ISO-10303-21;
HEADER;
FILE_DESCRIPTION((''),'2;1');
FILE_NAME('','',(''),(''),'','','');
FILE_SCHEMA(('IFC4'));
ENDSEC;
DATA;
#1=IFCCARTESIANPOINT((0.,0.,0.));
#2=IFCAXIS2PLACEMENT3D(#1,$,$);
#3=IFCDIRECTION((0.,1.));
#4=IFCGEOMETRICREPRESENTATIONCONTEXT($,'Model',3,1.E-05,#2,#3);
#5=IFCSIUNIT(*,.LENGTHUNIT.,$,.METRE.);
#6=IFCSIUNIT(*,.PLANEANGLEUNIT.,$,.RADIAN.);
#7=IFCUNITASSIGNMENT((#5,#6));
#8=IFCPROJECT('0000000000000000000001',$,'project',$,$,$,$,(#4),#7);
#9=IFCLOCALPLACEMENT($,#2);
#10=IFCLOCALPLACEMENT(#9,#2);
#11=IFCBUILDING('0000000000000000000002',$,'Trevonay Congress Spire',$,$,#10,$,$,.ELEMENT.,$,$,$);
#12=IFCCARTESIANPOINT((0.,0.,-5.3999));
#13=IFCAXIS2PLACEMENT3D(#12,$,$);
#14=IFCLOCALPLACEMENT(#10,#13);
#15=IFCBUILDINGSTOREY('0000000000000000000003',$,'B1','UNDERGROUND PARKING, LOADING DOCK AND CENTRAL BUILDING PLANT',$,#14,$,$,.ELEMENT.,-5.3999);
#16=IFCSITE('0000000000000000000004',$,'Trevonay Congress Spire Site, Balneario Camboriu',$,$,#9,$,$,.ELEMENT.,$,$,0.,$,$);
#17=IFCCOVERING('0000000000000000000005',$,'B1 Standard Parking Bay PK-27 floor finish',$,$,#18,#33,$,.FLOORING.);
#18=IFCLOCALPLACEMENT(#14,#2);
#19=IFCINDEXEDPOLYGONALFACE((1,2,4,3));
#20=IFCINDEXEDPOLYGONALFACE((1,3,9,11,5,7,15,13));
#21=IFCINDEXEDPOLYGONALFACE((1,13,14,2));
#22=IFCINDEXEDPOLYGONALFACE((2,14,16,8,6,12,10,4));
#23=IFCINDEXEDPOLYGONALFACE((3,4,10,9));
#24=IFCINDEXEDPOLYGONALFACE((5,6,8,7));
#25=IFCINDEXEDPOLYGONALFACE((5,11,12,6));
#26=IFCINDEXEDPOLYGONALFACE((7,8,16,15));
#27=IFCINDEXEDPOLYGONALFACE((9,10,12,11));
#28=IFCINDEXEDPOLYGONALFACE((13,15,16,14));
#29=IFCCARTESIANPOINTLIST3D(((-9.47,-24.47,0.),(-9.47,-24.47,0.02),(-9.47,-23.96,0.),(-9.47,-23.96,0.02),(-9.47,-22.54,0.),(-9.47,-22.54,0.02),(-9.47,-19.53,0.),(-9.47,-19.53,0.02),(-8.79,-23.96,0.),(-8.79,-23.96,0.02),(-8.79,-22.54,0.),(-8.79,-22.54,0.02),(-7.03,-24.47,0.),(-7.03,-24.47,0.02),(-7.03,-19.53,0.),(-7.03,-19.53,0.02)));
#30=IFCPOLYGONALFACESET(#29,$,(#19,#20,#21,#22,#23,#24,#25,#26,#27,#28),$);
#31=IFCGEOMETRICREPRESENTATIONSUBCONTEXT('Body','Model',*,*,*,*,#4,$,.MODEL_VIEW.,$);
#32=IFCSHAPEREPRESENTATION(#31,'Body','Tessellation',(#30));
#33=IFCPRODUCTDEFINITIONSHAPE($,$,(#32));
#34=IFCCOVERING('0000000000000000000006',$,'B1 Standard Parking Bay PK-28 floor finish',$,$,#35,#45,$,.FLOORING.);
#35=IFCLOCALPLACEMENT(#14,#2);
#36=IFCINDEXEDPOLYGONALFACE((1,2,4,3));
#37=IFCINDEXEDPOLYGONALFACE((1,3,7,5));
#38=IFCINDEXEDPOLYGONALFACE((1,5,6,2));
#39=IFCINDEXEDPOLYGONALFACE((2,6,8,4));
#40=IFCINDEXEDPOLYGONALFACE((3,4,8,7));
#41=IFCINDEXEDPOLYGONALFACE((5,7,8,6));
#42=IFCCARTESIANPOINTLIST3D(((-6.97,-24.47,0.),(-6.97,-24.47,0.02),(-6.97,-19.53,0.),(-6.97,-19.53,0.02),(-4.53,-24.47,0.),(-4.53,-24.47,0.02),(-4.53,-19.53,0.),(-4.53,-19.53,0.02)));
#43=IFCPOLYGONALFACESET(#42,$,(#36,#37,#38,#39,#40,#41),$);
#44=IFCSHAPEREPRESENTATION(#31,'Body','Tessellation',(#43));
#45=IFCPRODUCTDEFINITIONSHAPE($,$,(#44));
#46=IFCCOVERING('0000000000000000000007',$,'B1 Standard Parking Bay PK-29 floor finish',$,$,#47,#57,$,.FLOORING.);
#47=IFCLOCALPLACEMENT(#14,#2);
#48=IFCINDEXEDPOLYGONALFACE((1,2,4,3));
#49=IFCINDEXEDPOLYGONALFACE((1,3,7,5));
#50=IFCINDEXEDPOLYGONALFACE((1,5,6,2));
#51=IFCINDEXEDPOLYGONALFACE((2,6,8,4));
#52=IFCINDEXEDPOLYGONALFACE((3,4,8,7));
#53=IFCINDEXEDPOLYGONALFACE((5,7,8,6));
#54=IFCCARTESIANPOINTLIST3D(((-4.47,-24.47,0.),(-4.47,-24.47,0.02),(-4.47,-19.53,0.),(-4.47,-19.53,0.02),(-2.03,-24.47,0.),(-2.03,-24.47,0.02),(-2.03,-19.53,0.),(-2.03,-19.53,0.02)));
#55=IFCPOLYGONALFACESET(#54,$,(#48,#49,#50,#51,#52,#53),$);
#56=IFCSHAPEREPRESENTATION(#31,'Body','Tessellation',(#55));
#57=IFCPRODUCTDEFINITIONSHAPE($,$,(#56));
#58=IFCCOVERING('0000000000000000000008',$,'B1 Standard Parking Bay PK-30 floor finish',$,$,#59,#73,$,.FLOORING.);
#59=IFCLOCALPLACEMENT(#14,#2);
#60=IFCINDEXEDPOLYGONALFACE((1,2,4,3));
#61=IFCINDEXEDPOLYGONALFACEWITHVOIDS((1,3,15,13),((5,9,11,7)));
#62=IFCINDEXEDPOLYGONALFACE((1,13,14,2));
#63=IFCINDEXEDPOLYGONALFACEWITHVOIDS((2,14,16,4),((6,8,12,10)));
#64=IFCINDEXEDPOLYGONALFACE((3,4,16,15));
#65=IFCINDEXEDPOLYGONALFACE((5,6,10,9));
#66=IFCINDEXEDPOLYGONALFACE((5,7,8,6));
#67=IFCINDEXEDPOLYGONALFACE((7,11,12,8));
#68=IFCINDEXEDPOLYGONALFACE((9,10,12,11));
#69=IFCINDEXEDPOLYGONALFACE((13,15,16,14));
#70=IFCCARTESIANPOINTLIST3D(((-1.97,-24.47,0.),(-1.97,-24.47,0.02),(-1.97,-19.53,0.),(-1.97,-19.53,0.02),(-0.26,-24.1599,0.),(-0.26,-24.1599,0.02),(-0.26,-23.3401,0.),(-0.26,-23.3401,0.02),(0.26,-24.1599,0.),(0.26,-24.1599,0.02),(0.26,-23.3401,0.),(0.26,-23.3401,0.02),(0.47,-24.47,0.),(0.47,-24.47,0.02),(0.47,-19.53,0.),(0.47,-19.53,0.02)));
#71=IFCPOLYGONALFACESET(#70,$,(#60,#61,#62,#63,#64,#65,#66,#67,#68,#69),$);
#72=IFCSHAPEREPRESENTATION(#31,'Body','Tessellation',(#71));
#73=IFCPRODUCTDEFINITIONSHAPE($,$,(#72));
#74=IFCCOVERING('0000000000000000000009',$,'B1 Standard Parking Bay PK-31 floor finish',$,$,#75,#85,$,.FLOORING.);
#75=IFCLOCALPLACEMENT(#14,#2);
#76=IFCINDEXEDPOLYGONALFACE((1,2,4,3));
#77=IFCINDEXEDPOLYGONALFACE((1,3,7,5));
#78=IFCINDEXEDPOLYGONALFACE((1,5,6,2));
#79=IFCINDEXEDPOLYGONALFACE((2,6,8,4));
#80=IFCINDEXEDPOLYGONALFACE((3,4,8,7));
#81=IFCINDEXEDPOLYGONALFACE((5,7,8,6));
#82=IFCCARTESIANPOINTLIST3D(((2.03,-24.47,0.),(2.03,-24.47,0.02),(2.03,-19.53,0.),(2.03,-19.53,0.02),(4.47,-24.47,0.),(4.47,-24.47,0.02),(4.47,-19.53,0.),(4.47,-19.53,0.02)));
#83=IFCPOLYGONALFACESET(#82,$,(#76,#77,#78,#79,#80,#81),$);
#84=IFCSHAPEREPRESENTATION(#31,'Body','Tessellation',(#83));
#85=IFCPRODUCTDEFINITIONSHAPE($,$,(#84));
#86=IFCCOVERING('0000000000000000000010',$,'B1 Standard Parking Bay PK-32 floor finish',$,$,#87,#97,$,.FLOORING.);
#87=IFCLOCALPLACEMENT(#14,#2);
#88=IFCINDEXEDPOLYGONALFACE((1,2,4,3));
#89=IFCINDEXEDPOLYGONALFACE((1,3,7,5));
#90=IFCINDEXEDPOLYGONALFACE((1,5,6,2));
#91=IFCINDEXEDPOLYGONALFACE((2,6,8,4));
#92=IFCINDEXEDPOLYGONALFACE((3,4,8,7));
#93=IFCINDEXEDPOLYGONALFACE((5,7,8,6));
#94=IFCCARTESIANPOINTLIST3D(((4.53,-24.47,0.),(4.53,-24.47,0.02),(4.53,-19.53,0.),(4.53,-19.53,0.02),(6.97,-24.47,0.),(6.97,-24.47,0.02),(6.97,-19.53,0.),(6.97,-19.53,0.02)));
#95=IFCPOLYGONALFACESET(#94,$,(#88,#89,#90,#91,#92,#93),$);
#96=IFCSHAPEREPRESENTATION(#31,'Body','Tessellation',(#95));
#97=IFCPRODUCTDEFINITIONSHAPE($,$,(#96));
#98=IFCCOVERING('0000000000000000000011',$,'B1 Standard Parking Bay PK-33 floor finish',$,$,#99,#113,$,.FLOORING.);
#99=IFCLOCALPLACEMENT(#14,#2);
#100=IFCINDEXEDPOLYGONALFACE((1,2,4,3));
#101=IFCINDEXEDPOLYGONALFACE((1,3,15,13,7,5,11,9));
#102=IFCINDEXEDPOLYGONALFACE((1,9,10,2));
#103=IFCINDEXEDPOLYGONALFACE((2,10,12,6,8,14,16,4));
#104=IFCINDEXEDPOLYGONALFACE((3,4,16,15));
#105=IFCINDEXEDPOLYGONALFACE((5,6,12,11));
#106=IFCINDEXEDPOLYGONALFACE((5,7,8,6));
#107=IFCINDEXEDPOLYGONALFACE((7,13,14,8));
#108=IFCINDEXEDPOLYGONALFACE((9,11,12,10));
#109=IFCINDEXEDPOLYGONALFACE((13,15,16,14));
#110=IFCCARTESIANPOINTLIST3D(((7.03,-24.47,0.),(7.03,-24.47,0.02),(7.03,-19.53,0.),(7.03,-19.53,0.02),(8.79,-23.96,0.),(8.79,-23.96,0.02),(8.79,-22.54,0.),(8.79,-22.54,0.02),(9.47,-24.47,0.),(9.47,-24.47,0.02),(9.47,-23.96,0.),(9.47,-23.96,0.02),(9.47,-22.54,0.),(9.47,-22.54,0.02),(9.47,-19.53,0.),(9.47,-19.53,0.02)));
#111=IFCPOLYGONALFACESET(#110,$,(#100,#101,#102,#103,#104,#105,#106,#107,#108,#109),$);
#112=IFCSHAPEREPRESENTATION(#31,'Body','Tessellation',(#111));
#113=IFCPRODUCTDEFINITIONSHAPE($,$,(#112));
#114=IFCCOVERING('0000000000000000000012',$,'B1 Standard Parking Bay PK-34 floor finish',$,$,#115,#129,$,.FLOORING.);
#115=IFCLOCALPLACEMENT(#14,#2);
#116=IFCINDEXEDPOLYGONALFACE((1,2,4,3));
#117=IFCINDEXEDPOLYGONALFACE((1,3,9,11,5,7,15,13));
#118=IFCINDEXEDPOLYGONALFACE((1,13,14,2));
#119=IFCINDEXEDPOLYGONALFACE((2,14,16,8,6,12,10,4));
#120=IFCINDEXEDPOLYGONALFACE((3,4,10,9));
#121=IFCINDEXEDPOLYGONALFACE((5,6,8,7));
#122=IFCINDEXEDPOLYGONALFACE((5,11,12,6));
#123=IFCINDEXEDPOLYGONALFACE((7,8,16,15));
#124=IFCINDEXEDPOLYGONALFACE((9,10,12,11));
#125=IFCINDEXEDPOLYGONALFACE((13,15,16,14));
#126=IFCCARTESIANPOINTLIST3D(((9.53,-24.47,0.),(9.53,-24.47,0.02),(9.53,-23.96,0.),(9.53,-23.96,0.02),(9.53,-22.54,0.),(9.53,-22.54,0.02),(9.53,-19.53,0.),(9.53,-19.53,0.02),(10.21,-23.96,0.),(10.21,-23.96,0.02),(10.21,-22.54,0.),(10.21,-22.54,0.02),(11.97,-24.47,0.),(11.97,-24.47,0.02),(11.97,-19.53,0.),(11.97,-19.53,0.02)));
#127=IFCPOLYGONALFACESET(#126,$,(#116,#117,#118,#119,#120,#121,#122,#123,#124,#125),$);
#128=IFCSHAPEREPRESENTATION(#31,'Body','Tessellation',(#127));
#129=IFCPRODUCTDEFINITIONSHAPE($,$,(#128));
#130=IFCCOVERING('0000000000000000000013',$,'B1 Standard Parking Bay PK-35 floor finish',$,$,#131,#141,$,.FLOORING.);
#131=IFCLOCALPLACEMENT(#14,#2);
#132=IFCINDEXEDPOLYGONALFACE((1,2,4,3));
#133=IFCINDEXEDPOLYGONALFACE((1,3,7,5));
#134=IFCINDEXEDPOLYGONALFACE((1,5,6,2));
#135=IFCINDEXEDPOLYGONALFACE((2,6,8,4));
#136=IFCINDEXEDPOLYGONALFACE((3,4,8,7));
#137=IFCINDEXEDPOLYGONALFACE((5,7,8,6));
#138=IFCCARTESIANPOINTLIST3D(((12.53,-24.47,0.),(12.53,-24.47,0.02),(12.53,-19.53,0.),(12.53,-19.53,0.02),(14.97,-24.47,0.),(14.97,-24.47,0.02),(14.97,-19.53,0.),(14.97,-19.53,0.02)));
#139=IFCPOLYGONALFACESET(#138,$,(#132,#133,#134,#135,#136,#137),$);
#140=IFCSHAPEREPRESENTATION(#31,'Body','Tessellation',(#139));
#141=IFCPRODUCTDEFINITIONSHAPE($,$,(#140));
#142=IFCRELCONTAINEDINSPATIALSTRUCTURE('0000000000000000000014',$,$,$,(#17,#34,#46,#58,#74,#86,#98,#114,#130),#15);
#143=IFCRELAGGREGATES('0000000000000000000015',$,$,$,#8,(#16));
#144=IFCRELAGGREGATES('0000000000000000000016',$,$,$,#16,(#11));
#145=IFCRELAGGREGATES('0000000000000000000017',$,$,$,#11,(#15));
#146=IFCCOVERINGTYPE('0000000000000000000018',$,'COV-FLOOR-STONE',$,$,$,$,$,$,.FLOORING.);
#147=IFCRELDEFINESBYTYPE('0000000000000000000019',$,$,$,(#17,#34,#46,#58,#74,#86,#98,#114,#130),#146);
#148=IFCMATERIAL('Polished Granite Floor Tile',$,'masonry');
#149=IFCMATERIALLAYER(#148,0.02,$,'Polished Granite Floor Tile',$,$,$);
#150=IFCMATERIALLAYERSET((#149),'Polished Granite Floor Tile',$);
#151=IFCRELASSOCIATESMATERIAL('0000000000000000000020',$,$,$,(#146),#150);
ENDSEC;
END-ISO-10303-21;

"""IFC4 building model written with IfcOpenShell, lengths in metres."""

from ifc_helpers import new_model, si_unit, direction, frame, origin, place, context, subcontext, project, spatial, polyline, outline, extrude, material, layer, layer_set, type_object, element, save


model = new_model("IFC4")

# Units and contexts
model_context = context("Model", 3, precision=1e-05, world=origin(), true_north=direction((0.0, 1.0)))
body_context = subcontext(model_context, "Body", "Model", "MODEL_VIEW")
ifc_project = project(units=[si_unit("LENGTHUNIT", "METRE"), si_unit("PLANEANGLEUNIT", "RADIAN")], contexts=[model_context])

# Site, building, storey
site_placement = place(None, origin())
site = spatial("IfcSite", under=ifc_project, at=site_placement, Name="Trevonay Congress Spire Site, Balneario Camboriu", CompositionType="ELEMENT", RefElevation=0.0)
building_placement = place(site_placement, origin())
building = spatial("IfcBuilding", under=site, at=building_placement, Name="Trevonay Congress Spire", CompositionType="ELEMENT")
storey_placement = place(building_placement, frame((0.0, 0.0, -5.3999)))
storey = spatial("IfcBuildingStorey", under=building, at=storey_placement, Name="B1", Description="UNDERGROUND PARKING, LOADING DOCK AND CENTRAL BUILDING PLANT", CompositionType="ELEMENT", Elevation=-5.3999)

# Coverings
ifc_material_1 = material(Name="Polished Granite Floor Tile", Category="masonry")
ifc_layer_1 = layer(ifc_material_1, 0.02, Name="Polished Granite Floor Tile")
ifc_layer_set_1 = layer_set([ifc_layer_1], Name="Polished Granite Floor Tile")
covering_type = type_object("IfcCoveringType", Name="COV-FLOOR-STONE", PredefinedType="FLOORING", material=ifc_layer_set_1)
covering_1_placement = place(storey_placement, origin())
element("IfcCovering", 1, at=covering_1_placement, inside=storey, type_object=covering_type, Name="B1 Standard Parking Bay PK-27 floor finish", PredefinedType="FLOORING", context=body_context, shape_type="SweptSolid", body=[
    extrude(outline(polyline([(-9.47, -19.53), (-7.03, -19.53), (-7.03, -24.47), (-9.47, -24.47), (-9.47, -23.96), (-8.79, -23.96), (-8.79, -22.54), (-9.47, -22.54), (-9.47, -19.53)])), origin(), (0.0, 0.0, 1.0), 0.02),
])
covering_2_placement = place(storey_placement, origin())
element("IfcCovering", 2, at=covering_2_placement, inside=storey, type_object=covering_type, Name="B1 Standard Parking Bay PK-28 floor finish", PredefinedType="FLOORING", context=body_context, shape_type="SweptSolid", body=[
    extrude(outline(polyline([(-6.97, -24.47), (-4.53, -24.47), (-4.53, -19.53), (-6.97, -19.53), (-6.97, -24.47)])), origin(), (0.0, 0.0, 1.0), 0.02),
])
covering_3_placement = place(storey_placement, origin())
element("IfcCovering", 3, at=covering_3_placement, inside=storey, type_object=covering_type, Name="B1 Standard Parking Bay PK-29 floor finish", PredefinedType="FLOORING", context=body_context, shape_type="SweptSolid", body=[
    extrude(outline(polyline([(-4.47, -24.47), (-2.03, -24.47), (-2.03, -19.53), (-4.47, -19.53), (-4.47, -24.47)])), origin(), (0.0, 0.0, 1.0), 0.02),
])
covering_4_placement = place(storey_placement, origin())
element("IfcCovering", 4, at=covering_4_placement, inside=storey, type_object=covering_type, Name="B1 Standard Parking Bay PK-30 floor finish", PredefinedType="FLOORING", context=body_context, shape_type="SweptSolid", body=[
    extrude(outline(polyline([(-1.97, -19.53), (0.47, -19.53), (0.47, -24.47), (-1.97, -24.47), (-1.97, -19.53)]), holes=[polyline([(0.26, -24.1599), (0.26, -23.3401), (-0.26, -23.3401), (-0.26, -24.1599), (0.26, -24.1599)])]), origin(), (0.0, 0.0, 1.0), 0.02),
])
covering_5_placement = place(storey_placement, origin())
element("IfcCovering", 5, at=covering_5_placement, inside=storey, type_object=covering_type, Name="B1 Standard Parking Bay PK-31 floor finish", PredefinedType="FLOORING", context=body_context, shape_type="SweptSolid", body=[
    extrude(outline(polyline([(2.03, -24.47), (4.47, -24.47), (4.47, -19.53), (2.03, -19.53), (2.03, -24.47)])), origin(), (0.0, 0.0, 1.0), 0.02),
])
covering_6_placement = place(storey_placement, origin())
element("IfcCovering", 6, at=covering_6_placement, inside=storey, type_object=covering_type, Name="B1 Standard Parking Bay PK-32 floor finish", PredefinedType="FLOORING", context=body_context, shape_type="SweptSolid", body=[
    extrude(outline(polyline([(4.53, -24.47), (6.97, -24.47), (6.97, -19.53), (4.53, -19.53), (4.53, -24.47)])), origin(), (0.0, 0.0, 1.0), 0.02),
])
covering_7_placement = place(storey_placement, origin())
element("IfcCovering", 7, at=covering_7_placement, inside=storey, type_object=covering_type, Name="B1 Standard Parking Bay PK-33 floor finish", PredefinedType="FLOORING", context=body_context, shape_type="SweptSolid", body=[
    extrude(outline(polyline([(9.47, -24.47), (7.03, -24.47), (7.03, -19.53), (9.47, -19.53), (9.47, -22.54), (8.79, -22.54), (8.79, -23.96), (9.47, -23.96), (9.47, -24.47)])), origin(), (0.0, 0.0, 1.0), 0.02),
])
covering_8_placement = place(storey_placement, origin())
element("IfcCovering", 8, at=covering_8_placement, inside=storey, type_object=covering_type, Name="B1 Standard Parking Bay PK-34 floor finish", PredefinedType="FLOORING", context=body_context, shape_type="SweptSolid", body=[
    extrude(outline(polyline([(9.53, -19.53), (11.97, -19.53), (11.97, -24.47), (9.53, -24.47), (9.53, -23.96), (10.21, -23.96), (10.21, -22.54), (9.53, -22.54), (9.53, -19.53)])), origin(), (0.0, 0.0, 1.0), 0.02),
])
covering_9_placement = place(storey_placement, origin())
element("IfcCovering", 9, at=covering_9_placement, inside=storey, type_object=covering_type, Name="B1 Standard Parking Bay PK-35 floor finish", PredefinedType="FLOORING", context=body_context, shape_type="SweptSolid", body=[
    extrude(outline(polyline([(12.53, -24.47), (14.97, -24.47), (14.97, -19.53), (12.53, -19.53), (12.53, -24.47)])), origin(), (0.0, 0.0, 1.0), 0.02),
])

save(model, "model.ifc")
